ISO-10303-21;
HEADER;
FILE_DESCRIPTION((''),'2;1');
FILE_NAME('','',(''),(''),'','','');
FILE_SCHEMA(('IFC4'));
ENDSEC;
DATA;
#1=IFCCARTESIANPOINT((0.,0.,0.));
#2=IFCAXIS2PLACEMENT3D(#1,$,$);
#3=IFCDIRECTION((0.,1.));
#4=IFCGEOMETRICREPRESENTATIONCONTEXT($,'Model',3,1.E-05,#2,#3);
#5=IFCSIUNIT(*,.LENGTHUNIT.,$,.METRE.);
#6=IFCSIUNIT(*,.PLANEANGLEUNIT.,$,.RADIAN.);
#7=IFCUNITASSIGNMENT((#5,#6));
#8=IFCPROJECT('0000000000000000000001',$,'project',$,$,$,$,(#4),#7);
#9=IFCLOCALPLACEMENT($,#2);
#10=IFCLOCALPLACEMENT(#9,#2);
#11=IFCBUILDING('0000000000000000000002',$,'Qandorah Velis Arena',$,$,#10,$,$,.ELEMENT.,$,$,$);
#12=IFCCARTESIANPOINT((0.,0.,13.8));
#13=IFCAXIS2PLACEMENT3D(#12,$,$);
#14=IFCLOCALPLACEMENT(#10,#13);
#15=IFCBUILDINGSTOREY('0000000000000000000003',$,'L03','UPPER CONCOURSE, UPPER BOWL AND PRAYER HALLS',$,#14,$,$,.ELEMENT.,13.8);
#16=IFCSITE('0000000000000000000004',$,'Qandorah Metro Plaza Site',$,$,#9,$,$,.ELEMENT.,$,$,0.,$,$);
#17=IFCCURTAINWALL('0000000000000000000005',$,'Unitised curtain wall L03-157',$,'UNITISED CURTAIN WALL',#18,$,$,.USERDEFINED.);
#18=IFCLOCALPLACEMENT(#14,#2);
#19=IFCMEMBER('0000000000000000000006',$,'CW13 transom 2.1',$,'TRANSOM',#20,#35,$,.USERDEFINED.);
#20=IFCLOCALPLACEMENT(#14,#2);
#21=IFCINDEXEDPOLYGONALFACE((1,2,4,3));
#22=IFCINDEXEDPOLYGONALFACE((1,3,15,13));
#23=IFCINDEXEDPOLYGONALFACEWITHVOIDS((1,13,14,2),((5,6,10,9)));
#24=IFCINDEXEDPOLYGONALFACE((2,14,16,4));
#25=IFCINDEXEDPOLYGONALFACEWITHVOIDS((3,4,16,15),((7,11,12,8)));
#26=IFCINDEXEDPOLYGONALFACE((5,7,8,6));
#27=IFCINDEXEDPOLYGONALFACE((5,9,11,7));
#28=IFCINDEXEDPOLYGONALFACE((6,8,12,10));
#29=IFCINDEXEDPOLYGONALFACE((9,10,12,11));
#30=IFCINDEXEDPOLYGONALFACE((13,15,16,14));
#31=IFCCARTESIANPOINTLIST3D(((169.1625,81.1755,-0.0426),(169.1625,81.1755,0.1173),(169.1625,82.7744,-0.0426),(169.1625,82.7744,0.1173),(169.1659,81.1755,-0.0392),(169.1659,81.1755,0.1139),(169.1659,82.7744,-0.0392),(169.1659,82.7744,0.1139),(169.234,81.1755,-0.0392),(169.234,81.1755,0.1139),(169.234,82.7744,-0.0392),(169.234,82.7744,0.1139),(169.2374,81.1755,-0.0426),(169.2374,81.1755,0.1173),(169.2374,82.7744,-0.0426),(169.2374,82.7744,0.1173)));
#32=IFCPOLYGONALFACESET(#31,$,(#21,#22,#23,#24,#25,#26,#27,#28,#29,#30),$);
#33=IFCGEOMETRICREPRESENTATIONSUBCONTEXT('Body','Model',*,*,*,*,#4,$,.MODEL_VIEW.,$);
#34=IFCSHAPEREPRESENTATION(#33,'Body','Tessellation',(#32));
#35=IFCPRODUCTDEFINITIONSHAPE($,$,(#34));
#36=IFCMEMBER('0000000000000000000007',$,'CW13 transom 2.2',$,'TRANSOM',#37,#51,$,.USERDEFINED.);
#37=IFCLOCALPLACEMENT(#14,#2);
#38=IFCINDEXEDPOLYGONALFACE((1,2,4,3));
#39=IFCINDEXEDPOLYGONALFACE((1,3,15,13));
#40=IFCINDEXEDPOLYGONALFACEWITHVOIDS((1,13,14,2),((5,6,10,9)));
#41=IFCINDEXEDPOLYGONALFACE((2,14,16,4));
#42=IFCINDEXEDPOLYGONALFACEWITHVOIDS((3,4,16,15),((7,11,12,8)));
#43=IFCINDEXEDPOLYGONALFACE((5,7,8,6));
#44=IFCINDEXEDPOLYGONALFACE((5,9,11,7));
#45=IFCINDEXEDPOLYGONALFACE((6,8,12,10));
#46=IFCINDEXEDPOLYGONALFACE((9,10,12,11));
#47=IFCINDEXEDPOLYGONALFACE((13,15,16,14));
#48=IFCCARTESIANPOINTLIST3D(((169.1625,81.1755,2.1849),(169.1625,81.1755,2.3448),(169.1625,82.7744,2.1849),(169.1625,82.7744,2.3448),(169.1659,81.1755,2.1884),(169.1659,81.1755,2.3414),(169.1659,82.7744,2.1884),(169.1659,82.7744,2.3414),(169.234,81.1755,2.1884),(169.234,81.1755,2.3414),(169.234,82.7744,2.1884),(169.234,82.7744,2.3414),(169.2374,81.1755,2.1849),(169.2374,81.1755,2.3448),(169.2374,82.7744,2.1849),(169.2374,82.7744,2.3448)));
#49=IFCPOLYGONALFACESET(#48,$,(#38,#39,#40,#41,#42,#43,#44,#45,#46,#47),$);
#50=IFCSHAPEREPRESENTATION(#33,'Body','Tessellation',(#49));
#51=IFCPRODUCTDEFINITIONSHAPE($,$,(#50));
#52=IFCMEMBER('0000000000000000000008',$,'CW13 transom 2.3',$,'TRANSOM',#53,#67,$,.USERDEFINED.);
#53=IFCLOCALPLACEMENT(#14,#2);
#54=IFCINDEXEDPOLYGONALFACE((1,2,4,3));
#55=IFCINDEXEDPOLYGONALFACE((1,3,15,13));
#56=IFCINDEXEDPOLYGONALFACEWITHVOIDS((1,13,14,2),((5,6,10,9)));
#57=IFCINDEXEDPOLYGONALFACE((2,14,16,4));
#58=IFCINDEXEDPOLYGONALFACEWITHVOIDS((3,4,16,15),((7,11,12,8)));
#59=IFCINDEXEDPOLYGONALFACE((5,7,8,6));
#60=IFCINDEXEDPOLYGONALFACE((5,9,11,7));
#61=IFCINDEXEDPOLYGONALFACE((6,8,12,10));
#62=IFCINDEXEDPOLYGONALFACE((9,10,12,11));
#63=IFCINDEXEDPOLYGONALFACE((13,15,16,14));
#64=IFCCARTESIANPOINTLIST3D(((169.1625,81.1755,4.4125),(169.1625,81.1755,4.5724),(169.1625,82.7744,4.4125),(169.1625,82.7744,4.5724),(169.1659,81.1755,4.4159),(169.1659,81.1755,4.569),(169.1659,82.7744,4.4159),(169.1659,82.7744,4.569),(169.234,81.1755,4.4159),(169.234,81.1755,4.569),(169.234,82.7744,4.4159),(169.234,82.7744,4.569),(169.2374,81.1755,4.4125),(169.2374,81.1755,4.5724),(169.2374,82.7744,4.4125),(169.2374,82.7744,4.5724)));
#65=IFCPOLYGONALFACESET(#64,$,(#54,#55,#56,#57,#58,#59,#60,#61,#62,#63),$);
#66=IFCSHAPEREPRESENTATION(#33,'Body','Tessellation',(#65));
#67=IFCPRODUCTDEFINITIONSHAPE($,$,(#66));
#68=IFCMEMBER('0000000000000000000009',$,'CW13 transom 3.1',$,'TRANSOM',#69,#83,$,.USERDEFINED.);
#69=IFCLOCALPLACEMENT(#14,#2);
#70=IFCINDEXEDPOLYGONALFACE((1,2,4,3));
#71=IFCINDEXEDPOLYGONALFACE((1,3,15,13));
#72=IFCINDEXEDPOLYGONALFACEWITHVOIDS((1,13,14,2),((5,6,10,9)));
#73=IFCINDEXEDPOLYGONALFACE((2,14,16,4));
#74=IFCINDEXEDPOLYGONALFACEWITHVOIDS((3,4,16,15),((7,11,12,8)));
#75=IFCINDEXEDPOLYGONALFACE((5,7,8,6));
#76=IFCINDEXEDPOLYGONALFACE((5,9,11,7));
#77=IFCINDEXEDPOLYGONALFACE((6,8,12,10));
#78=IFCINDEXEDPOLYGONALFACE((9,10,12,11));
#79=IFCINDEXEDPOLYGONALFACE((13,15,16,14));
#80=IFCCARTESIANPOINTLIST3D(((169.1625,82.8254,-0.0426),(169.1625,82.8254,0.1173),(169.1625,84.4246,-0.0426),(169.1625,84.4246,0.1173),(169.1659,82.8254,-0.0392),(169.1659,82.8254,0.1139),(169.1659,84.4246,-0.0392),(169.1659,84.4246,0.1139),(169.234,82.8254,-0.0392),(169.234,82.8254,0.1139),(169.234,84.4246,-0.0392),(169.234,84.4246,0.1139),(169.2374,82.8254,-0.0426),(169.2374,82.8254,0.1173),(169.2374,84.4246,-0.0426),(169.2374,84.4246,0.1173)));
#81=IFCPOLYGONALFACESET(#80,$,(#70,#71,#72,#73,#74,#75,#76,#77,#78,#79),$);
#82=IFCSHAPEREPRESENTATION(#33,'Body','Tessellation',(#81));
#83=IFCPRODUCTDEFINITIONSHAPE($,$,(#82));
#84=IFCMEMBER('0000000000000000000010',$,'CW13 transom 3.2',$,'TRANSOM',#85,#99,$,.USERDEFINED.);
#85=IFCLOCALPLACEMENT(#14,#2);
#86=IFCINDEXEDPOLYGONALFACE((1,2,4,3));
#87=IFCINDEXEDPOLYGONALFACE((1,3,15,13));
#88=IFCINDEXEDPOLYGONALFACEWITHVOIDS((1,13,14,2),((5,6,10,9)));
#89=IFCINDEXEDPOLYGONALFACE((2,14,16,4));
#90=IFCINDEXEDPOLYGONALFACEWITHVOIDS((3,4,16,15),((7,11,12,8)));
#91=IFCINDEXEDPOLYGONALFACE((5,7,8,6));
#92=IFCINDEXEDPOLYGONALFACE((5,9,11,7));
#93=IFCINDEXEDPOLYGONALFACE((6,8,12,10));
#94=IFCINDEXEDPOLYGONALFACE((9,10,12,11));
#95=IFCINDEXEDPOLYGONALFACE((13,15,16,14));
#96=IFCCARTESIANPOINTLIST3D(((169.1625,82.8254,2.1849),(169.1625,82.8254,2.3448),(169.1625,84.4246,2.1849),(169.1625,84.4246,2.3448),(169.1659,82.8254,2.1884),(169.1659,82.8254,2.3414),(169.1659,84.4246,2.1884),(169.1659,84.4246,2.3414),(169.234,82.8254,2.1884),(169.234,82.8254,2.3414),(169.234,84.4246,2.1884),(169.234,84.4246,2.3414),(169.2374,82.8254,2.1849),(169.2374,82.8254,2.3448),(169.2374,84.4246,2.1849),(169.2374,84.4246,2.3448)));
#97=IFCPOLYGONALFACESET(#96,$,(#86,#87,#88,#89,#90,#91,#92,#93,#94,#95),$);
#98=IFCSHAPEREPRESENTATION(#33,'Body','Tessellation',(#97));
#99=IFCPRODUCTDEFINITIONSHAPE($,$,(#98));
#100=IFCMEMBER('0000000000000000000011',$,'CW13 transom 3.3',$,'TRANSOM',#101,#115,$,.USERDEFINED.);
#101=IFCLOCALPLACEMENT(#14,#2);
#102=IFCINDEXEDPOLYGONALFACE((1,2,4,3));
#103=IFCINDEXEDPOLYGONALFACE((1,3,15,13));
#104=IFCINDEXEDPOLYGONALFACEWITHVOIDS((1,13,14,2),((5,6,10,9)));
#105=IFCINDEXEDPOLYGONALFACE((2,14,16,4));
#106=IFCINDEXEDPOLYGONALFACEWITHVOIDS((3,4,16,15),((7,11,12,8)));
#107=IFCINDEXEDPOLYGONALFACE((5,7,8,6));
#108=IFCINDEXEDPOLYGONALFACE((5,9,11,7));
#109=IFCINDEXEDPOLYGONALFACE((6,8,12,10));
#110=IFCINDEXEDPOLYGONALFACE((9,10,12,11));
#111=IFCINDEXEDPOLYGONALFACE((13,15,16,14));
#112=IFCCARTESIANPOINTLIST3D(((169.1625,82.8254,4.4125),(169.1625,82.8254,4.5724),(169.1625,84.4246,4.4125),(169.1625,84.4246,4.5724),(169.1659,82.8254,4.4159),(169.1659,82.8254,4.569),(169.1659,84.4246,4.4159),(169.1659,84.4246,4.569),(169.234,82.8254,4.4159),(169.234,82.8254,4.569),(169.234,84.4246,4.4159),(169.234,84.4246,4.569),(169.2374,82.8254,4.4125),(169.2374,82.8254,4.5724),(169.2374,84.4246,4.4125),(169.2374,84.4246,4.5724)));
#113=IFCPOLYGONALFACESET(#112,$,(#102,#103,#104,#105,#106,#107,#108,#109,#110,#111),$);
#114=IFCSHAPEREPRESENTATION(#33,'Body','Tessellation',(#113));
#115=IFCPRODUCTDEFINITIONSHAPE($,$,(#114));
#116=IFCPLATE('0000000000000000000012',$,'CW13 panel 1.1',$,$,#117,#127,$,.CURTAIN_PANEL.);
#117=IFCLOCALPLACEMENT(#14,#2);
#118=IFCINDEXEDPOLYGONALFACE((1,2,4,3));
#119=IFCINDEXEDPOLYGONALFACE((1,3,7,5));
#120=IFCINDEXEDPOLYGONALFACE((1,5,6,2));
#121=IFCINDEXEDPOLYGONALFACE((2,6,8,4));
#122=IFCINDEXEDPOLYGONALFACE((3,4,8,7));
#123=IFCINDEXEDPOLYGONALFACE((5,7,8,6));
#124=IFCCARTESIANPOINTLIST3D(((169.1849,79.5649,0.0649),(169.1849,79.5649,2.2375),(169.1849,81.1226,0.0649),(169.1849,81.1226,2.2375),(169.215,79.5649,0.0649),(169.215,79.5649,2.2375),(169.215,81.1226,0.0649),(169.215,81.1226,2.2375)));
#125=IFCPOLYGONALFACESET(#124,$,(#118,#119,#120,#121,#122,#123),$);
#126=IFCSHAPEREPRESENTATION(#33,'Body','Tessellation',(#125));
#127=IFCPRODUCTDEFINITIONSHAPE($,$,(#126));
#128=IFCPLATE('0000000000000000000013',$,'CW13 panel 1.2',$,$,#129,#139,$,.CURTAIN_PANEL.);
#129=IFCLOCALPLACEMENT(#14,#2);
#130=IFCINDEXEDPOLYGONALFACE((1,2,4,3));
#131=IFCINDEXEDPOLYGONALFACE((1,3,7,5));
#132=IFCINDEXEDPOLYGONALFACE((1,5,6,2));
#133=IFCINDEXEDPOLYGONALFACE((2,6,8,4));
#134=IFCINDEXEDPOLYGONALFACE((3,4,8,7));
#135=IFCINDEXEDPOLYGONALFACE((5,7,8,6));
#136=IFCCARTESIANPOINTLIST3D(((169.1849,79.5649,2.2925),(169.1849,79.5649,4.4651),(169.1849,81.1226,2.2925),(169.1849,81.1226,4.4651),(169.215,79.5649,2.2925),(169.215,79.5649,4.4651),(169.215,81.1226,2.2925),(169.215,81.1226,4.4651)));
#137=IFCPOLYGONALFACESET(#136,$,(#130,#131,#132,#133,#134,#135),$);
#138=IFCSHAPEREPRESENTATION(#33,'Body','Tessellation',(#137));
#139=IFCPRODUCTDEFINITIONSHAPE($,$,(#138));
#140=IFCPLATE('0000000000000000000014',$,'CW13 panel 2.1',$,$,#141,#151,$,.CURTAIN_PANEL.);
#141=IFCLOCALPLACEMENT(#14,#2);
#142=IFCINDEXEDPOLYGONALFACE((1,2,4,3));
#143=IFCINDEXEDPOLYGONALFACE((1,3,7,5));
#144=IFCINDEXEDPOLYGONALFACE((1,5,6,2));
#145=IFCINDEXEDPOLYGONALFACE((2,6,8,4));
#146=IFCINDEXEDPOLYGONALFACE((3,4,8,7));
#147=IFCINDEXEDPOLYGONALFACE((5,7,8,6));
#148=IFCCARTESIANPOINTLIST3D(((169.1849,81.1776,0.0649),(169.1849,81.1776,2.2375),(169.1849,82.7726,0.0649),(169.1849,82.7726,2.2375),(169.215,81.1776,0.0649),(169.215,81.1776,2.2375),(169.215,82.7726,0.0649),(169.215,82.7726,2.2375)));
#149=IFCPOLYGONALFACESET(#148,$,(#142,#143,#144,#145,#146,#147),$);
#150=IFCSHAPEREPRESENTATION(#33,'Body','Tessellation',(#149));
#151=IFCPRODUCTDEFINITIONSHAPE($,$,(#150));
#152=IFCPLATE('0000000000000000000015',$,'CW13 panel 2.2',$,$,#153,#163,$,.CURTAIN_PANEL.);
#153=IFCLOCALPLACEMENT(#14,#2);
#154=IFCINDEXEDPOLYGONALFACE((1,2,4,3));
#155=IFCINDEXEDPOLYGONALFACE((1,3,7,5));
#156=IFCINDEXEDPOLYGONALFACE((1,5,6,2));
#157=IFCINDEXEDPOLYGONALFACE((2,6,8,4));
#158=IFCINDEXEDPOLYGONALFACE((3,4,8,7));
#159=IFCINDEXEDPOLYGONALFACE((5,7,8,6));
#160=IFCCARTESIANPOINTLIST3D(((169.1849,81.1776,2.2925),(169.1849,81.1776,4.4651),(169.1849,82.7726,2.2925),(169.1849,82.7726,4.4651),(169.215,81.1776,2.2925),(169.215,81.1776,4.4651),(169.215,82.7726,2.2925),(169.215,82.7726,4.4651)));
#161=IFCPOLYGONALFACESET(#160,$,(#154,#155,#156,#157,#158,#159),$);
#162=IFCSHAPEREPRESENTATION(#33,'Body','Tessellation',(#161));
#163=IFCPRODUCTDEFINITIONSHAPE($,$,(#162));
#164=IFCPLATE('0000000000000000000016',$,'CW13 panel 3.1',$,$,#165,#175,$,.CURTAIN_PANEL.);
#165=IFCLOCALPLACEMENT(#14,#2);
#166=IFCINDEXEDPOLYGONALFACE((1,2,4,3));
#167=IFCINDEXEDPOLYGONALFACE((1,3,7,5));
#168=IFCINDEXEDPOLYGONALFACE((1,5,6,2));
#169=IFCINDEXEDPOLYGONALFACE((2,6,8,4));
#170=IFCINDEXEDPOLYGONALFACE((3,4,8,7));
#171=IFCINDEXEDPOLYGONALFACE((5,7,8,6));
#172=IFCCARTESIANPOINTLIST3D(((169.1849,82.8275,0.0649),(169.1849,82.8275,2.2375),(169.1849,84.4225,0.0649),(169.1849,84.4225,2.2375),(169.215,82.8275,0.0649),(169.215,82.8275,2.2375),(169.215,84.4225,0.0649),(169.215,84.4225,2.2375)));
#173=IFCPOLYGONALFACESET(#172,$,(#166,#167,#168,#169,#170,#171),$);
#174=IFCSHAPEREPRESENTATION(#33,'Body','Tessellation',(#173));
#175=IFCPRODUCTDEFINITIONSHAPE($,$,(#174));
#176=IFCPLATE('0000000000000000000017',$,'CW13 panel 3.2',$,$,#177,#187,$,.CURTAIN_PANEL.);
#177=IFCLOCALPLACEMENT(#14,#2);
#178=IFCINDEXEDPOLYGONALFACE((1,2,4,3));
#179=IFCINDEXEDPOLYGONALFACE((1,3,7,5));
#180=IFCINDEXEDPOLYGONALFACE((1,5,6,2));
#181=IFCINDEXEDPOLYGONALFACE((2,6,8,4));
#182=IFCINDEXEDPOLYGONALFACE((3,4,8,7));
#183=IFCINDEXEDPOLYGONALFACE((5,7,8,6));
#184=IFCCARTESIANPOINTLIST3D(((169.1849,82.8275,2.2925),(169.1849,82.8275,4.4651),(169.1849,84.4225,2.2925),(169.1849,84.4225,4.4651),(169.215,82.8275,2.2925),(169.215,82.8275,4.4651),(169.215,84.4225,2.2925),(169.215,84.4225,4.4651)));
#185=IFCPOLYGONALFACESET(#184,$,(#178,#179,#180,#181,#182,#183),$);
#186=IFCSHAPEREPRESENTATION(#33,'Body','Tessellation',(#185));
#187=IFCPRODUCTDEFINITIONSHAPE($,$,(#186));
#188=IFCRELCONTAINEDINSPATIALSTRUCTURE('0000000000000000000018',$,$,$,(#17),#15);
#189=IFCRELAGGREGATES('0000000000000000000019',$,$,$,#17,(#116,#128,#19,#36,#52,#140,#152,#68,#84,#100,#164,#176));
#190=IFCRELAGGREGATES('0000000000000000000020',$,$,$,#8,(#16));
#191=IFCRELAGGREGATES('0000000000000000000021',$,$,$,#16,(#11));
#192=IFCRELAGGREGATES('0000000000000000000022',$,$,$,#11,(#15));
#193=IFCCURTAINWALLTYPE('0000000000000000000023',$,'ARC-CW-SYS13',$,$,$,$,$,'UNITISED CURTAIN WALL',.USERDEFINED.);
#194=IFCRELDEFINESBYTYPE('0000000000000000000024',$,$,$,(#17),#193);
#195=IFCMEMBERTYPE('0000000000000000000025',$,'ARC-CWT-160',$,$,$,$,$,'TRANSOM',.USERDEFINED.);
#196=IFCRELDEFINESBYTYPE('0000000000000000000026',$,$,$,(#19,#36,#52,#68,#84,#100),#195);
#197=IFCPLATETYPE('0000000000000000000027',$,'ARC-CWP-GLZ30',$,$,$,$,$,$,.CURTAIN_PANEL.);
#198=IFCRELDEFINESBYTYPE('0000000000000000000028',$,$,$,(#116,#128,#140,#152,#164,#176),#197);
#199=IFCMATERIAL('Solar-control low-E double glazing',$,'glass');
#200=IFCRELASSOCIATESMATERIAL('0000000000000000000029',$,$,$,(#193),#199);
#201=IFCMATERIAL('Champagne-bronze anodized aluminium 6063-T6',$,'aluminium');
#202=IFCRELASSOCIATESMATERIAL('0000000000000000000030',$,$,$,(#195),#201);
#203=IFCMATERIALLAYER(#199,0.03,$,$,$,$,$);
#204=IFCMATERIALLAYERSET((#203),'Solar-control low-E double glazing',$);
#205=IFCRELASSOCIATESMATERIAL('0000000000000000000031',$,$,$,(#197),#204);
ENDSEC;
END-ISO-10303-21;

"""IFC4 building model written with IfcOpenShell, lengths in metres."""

from ifc_helpers import new_model, si_unit, direction, frame, origin, origin_2d, place, context, subcontext, project, spatial, rectangle, hollow_rectangle, extrude, material, layer, layer_set, material_profile, profile_set, type_object, element, aggregate, save


model = new_model("IFC4")

# Units and contexts
model_context = context("Model", 3, precision=1e-05, world=origin(), true_north=direction((0.0, 1.0)))
body_context = subcontext(model_context, "Body", "Model", "MODEL_VIEW")
ifc_project = project(units=[si_unit("LENGTHUNIT", "METRE"), si_unit("PLANEANGLEUNIT", "RADIAN")], contexts=[model_context])

# Site, building, storey
site_placement = place(None, origin())
site = spatial("IfcSite", under=ifc_project, at=site_placement, Name="Qandorah Metro Plaza Site", CompositionType="ELEMENT", RefElevation=0.0)
building_placement = place(site_placement, origin())
building = spatial("IfcBuilding", under=site, at=building_placement, Name="Qandorah Velis Arena", CompositionType="ELEMENT")
storey_placement = place(building_placement, frame((0.0, 0.0, 13.8)))
storey = spatial("IfcBuildingStorey", under=building, at=storey_placement, Name="L03", Description="UPPER CONCOURSE, UPPER BOWL AND PRAYER HALLS", CompositionType="ELEMENT", Elevation=13.8)

# Shared definitions
ifc_material_1 = material(Name="Solar-control low-E double glazing", Category="glass")
ifc_material_2 = material(Name="Champagne-bronze anodized aluminium 6063-T6", Category="aluminium")

# Curtain wall
curtain_wall_type_1 = type_object("IfcCurtainWallType", Name="ARC-CW-SYS13", ElementType="UNITISED CURTAIN WALL", PredefinedType="USERDEFINED", material=ifc_material_1)
curtain_wall_1_placement = place(storey_placement, origin())
curtain_wall_1 = element("IfcCurtainWall", 1, at=curtain_wall_1_placement, inside=storey, type_object=curtain_wall_type_1, Name="Unitised curtain wall L03-157", ObjectType="UNITISED CURTAIN WALL", PredefinedType="USERDEFINED")

# Members
ifc_material_profile_1 = material_profile(ifc_material_2, hollow_rectangle(XDim=0.075, YDim=0.1599, WallThickness=0.0034, at=origin_2d()), Name="ALU TRANSOM 75x160")
ifc_profile_set_1 = profile_set([ifc_material_profile_1], Name="Champagne-bronze anodized aluminium 6063-T6")
member_type_1 = type_object("IfcMemberType", Name="ARC-CWT-160", ElementType="TRANSOM", PredefinedType="USERDEFINED", material=ifc_profile_set_1)
member_1_placement = place(storey_placement, frame((169.2, 81.1755, 0.0374), z_axis=(0.0, 1.0, 0.0), x_axis=(-1.0, 0.0, 0.0)))
member_1 = element("IfcMember", 2, at=member_1_placement, type_object=member_type_1, Name="CW13 transom 2.1", ObjectType="TRANSOM", PredefinedType="USERDEFINED", context=body_context, shape_type="SweptSolid", body=[
    extrude(hollow_rectangle(XDim=0.075, YDim=0.1599, WallThickness=0.0034, at=origin_2d()), origin(), (0.0, 0.0, 1.0), 1.5989),
])
member_2_placement = place(storey_placement, frame((169.2, 81.1755, 2.2649), z_axis=(0.0, 1.0, 0.0), x_axis=(-1.0, 0.0, 0.0)))
member_2 = element("IfcMember", 3, at=member_2_placement, type_object=member_type_1, Name="CW13 transom 2.2", ObjectType="TRANSOM", PredefinedType="USERDEFINED", context=body_context, shape_type="SweptSolid", body=[
    extrude(hollow_rectangle(XDim=0.075, YDim=0.1599, WallThickness=0.0034, at=origin_2d()), origin(), (0.0, 0.0, 1.0), 1.5989),
])
member_3_placement = place(storey_placement, frame((169.2, 81.1755, 4.4924), z_axis=(0.0, 1.0, 0.0), x_axis=(-1.0, 0.0, 0.0)))
member_3 = element("IfcMember", 4, at=member_3_placement, type_object=member_type_1, Name="CW13 transom 2.3", ObjectType="TRANSOM", PredefinedType="USERDEFINED", context=body_context, shape_type="SweptSolid", body=[
    extrude(hollow_rectangle(XDim=0.075, YDim=0.1599, WallThickness=0.0034, at=origin_2d()), origin(), (0.0, 0.0, 1.0), 1.5989),
])
member_4_placement = place(storey_placement, frame((169.2, 82.8254, 0.0374), z_axis=(0.0, 1.0, 0.0), x_axis=(-1.0, 0.0, 0.0)))
member_4 = element("IfcMember", 5, at=member_4_placement, type_object=member_type_1, Name="CW13 transom 3.1", ObjectType="TRANSOM", PredefinedType="USERDEFINED", context=body_context, shape_type="SweptSolid", body=[
    extrude(hollow_rectangle(XDim=0.075, YDim=0.1599, WallThickness=0.0034, at=origin_2d()), origin(), (0.0, 0.0, 1.0), 1.5991),
])
member_5_placement = place(storey_placement, frame((169.2, 82.8254, 2.2649), z_axis=(0.0, 1.0, 0.0), x_axis=(-1.0, 0.0, 0.0)))
member_5 = element("IfcMember", 6, at=member_5_placement, type_object=member_type_1, Name="CW13 transom 3.2", ObjectType="TRANSOM", PredefinedType="USERDEFINED", context=body_context, shape_type="SweptSolid", body=[
    extrude(hollow_rectangle(XDim=0.075, YDim=0.1599, WallThickness=0.0034, at=origin_2d()), origin(), (0.0, 0.0, 1.0), 1.5991),
])
member_6_placement = place(storey_placement, frame((169.2, 82.8254, 4.4924), z_axis=(0.0, 1.0, 0.0), x_axis=(-1.0, 0.0, 0.0)))
member_6 = element("IfcMember", 7, at=member_6_placement, type_object=member_type_1, Name="CW13 transom 3.3", ObjectType="TRANSOM", PredefinedType="USERDEFINED", context=body_context, shape_type="SweptSolid", body=[
    extrude(hollow_rectangle(XDim=0.075, YDim=0.1599, WallThickness=0.0034, at=origin_2d()), origin(), (0.0, 0.0, 1.0), 1.5991),
])

# Plates
ifc_layer_1 = layer(ifc_material_1, 0.03)
ifc_layer_set_1 = layer_set([ifc_layer_1], Name="Solar-control low-E double glazing")
plate_type_1 = type_object("IfcPlateType", Name="ARC-CWP-GLZ30", PredefinedType="CURTAIN_PANEL", material=ifc_layer_set_1)
plate_1_placement = place(storey_placement, frame((169.2, 80.3438, 0.0649), z_axis=(0.0, 0.0, 1.0), x_axis=(0.0, 1.0, 0.0)))
plate_1 = element("IfcPlate", 8, at=plate_1_placement, type_object=plate_type_1, Name="CW13 panel 1.1", PredefinedType="CURTAIN_PANEL", context=body_context, shape_type="SweptSolid", body=[
    extrude(rectangle(XDim=1.5576, YDim=0.03, at=origin_2d()), origin(), (0.0, 0.0, 1.0), 2.1726),
])
plate_2_placement = place(storey_placement, frame((169.2, 80.3438, 2.2925), z_axis=(0.0, 0.0, 1.0), x_axis=(0.0, 1.0, 0.0)))
plate_2 = element("IfcPlate", 9, at=plate_2_placement, type_object=plate_type_1, Name="CW13 panel 1.2", PredefinedType="CURTAIN_PANEL", context=body_context, shape_type="SweptSolid", body=[
    extrude(rectangle(XDim=1.5576, YDim=0.03, at=origin_2d()), origin(), (0.0, 0.0, 1.0), 2.1726),
])
plate_3_placement = place(storey_placement, frame((169.2, 81.9751, 0.0649), z_axis=(0.0, 0.0, 1.0), x_axis=(0.0, 1.0, 0.0)))
plate_3 = element("IfcPlate", 10, at=plate_3_placement, type_object=plate_type_1, Name="CW13 panel 2.1", PredefinedType="CURTAIN_PANEL", context=body_context, shape_type="SweptSolid", body=[
    extrude(rectangle(XDim=1.595, YDim=0.03, at=origin_2d()), origin(), (0.0, 0.0, 1.0), 2.1726),
])
plate_4_placement = place(storey_placement, frame((169.2, 81.9751, 2.2925), z_axis=(0.0, 0.0, 1.0), x_axis=(0.0, 1.0, 0.0)))
plate_4 = element("IfcPlate", 11, at=plate_4_placement, type_object=plate_type_1, Name="CW13 panel 2.2", PredefinedType="CURTAIN_PANEL", context=body_context, shape_type="SweptSolid", body=[
    extrude(rectangle(XDim=1.595, YDim=0.03, at=origin_2d()), origin(), (0.0, 0.0, 1.0), 2.1726),
])
plate_5_placement = place(storey_placement, frame((169.2, 83.625, 0.0649), z_axis=(0.0, 0.0, 1.0), x_axis=(0.0, 1.0, 0.0)))
plate_5 = element("IfcPlate", 12, at=plate_5_placement, type_object=plate_type_1, Name="CW13 panel 3.1", PredefinedType="CURTAIN_PANEL", context=body_context, shape_type="SweptSolid", body=[
    extrude(rectangle(XDim=1.595, YDim=0.03, at=origin_2d()), origin(), (0.0, 0.0, 1.0), 2.1726),
])
plate_6_placement = place(storey_placement, frame((169.2, 83.625, 2.2925), z_axis=(0.0, 0.0, 1.0), x_axis=(0.0, 1.0, 0.0)))
plate_6 = element("IfcPlate", 13, at=plate_6_placement, type_object=plate_type_1, Name="CW13 panel 3.2", PredefinedType="CURTAIN_PANEL", context=body_context, shape_type="SweptSolid", body=[
    extrude(rectangle(XDim=1.595, YDim=0.03, at=origin_2d()), origin(), (0.0, 0.0, 1.0), 2.1726),
])
aggregate(curtain_wall_1, [plate_1, plate_2, member_1, member_2, member_3, plate_3, plate_4, member_4, member_5, member_6, plate_5, plate_6])

save(model, "model.ifc")
